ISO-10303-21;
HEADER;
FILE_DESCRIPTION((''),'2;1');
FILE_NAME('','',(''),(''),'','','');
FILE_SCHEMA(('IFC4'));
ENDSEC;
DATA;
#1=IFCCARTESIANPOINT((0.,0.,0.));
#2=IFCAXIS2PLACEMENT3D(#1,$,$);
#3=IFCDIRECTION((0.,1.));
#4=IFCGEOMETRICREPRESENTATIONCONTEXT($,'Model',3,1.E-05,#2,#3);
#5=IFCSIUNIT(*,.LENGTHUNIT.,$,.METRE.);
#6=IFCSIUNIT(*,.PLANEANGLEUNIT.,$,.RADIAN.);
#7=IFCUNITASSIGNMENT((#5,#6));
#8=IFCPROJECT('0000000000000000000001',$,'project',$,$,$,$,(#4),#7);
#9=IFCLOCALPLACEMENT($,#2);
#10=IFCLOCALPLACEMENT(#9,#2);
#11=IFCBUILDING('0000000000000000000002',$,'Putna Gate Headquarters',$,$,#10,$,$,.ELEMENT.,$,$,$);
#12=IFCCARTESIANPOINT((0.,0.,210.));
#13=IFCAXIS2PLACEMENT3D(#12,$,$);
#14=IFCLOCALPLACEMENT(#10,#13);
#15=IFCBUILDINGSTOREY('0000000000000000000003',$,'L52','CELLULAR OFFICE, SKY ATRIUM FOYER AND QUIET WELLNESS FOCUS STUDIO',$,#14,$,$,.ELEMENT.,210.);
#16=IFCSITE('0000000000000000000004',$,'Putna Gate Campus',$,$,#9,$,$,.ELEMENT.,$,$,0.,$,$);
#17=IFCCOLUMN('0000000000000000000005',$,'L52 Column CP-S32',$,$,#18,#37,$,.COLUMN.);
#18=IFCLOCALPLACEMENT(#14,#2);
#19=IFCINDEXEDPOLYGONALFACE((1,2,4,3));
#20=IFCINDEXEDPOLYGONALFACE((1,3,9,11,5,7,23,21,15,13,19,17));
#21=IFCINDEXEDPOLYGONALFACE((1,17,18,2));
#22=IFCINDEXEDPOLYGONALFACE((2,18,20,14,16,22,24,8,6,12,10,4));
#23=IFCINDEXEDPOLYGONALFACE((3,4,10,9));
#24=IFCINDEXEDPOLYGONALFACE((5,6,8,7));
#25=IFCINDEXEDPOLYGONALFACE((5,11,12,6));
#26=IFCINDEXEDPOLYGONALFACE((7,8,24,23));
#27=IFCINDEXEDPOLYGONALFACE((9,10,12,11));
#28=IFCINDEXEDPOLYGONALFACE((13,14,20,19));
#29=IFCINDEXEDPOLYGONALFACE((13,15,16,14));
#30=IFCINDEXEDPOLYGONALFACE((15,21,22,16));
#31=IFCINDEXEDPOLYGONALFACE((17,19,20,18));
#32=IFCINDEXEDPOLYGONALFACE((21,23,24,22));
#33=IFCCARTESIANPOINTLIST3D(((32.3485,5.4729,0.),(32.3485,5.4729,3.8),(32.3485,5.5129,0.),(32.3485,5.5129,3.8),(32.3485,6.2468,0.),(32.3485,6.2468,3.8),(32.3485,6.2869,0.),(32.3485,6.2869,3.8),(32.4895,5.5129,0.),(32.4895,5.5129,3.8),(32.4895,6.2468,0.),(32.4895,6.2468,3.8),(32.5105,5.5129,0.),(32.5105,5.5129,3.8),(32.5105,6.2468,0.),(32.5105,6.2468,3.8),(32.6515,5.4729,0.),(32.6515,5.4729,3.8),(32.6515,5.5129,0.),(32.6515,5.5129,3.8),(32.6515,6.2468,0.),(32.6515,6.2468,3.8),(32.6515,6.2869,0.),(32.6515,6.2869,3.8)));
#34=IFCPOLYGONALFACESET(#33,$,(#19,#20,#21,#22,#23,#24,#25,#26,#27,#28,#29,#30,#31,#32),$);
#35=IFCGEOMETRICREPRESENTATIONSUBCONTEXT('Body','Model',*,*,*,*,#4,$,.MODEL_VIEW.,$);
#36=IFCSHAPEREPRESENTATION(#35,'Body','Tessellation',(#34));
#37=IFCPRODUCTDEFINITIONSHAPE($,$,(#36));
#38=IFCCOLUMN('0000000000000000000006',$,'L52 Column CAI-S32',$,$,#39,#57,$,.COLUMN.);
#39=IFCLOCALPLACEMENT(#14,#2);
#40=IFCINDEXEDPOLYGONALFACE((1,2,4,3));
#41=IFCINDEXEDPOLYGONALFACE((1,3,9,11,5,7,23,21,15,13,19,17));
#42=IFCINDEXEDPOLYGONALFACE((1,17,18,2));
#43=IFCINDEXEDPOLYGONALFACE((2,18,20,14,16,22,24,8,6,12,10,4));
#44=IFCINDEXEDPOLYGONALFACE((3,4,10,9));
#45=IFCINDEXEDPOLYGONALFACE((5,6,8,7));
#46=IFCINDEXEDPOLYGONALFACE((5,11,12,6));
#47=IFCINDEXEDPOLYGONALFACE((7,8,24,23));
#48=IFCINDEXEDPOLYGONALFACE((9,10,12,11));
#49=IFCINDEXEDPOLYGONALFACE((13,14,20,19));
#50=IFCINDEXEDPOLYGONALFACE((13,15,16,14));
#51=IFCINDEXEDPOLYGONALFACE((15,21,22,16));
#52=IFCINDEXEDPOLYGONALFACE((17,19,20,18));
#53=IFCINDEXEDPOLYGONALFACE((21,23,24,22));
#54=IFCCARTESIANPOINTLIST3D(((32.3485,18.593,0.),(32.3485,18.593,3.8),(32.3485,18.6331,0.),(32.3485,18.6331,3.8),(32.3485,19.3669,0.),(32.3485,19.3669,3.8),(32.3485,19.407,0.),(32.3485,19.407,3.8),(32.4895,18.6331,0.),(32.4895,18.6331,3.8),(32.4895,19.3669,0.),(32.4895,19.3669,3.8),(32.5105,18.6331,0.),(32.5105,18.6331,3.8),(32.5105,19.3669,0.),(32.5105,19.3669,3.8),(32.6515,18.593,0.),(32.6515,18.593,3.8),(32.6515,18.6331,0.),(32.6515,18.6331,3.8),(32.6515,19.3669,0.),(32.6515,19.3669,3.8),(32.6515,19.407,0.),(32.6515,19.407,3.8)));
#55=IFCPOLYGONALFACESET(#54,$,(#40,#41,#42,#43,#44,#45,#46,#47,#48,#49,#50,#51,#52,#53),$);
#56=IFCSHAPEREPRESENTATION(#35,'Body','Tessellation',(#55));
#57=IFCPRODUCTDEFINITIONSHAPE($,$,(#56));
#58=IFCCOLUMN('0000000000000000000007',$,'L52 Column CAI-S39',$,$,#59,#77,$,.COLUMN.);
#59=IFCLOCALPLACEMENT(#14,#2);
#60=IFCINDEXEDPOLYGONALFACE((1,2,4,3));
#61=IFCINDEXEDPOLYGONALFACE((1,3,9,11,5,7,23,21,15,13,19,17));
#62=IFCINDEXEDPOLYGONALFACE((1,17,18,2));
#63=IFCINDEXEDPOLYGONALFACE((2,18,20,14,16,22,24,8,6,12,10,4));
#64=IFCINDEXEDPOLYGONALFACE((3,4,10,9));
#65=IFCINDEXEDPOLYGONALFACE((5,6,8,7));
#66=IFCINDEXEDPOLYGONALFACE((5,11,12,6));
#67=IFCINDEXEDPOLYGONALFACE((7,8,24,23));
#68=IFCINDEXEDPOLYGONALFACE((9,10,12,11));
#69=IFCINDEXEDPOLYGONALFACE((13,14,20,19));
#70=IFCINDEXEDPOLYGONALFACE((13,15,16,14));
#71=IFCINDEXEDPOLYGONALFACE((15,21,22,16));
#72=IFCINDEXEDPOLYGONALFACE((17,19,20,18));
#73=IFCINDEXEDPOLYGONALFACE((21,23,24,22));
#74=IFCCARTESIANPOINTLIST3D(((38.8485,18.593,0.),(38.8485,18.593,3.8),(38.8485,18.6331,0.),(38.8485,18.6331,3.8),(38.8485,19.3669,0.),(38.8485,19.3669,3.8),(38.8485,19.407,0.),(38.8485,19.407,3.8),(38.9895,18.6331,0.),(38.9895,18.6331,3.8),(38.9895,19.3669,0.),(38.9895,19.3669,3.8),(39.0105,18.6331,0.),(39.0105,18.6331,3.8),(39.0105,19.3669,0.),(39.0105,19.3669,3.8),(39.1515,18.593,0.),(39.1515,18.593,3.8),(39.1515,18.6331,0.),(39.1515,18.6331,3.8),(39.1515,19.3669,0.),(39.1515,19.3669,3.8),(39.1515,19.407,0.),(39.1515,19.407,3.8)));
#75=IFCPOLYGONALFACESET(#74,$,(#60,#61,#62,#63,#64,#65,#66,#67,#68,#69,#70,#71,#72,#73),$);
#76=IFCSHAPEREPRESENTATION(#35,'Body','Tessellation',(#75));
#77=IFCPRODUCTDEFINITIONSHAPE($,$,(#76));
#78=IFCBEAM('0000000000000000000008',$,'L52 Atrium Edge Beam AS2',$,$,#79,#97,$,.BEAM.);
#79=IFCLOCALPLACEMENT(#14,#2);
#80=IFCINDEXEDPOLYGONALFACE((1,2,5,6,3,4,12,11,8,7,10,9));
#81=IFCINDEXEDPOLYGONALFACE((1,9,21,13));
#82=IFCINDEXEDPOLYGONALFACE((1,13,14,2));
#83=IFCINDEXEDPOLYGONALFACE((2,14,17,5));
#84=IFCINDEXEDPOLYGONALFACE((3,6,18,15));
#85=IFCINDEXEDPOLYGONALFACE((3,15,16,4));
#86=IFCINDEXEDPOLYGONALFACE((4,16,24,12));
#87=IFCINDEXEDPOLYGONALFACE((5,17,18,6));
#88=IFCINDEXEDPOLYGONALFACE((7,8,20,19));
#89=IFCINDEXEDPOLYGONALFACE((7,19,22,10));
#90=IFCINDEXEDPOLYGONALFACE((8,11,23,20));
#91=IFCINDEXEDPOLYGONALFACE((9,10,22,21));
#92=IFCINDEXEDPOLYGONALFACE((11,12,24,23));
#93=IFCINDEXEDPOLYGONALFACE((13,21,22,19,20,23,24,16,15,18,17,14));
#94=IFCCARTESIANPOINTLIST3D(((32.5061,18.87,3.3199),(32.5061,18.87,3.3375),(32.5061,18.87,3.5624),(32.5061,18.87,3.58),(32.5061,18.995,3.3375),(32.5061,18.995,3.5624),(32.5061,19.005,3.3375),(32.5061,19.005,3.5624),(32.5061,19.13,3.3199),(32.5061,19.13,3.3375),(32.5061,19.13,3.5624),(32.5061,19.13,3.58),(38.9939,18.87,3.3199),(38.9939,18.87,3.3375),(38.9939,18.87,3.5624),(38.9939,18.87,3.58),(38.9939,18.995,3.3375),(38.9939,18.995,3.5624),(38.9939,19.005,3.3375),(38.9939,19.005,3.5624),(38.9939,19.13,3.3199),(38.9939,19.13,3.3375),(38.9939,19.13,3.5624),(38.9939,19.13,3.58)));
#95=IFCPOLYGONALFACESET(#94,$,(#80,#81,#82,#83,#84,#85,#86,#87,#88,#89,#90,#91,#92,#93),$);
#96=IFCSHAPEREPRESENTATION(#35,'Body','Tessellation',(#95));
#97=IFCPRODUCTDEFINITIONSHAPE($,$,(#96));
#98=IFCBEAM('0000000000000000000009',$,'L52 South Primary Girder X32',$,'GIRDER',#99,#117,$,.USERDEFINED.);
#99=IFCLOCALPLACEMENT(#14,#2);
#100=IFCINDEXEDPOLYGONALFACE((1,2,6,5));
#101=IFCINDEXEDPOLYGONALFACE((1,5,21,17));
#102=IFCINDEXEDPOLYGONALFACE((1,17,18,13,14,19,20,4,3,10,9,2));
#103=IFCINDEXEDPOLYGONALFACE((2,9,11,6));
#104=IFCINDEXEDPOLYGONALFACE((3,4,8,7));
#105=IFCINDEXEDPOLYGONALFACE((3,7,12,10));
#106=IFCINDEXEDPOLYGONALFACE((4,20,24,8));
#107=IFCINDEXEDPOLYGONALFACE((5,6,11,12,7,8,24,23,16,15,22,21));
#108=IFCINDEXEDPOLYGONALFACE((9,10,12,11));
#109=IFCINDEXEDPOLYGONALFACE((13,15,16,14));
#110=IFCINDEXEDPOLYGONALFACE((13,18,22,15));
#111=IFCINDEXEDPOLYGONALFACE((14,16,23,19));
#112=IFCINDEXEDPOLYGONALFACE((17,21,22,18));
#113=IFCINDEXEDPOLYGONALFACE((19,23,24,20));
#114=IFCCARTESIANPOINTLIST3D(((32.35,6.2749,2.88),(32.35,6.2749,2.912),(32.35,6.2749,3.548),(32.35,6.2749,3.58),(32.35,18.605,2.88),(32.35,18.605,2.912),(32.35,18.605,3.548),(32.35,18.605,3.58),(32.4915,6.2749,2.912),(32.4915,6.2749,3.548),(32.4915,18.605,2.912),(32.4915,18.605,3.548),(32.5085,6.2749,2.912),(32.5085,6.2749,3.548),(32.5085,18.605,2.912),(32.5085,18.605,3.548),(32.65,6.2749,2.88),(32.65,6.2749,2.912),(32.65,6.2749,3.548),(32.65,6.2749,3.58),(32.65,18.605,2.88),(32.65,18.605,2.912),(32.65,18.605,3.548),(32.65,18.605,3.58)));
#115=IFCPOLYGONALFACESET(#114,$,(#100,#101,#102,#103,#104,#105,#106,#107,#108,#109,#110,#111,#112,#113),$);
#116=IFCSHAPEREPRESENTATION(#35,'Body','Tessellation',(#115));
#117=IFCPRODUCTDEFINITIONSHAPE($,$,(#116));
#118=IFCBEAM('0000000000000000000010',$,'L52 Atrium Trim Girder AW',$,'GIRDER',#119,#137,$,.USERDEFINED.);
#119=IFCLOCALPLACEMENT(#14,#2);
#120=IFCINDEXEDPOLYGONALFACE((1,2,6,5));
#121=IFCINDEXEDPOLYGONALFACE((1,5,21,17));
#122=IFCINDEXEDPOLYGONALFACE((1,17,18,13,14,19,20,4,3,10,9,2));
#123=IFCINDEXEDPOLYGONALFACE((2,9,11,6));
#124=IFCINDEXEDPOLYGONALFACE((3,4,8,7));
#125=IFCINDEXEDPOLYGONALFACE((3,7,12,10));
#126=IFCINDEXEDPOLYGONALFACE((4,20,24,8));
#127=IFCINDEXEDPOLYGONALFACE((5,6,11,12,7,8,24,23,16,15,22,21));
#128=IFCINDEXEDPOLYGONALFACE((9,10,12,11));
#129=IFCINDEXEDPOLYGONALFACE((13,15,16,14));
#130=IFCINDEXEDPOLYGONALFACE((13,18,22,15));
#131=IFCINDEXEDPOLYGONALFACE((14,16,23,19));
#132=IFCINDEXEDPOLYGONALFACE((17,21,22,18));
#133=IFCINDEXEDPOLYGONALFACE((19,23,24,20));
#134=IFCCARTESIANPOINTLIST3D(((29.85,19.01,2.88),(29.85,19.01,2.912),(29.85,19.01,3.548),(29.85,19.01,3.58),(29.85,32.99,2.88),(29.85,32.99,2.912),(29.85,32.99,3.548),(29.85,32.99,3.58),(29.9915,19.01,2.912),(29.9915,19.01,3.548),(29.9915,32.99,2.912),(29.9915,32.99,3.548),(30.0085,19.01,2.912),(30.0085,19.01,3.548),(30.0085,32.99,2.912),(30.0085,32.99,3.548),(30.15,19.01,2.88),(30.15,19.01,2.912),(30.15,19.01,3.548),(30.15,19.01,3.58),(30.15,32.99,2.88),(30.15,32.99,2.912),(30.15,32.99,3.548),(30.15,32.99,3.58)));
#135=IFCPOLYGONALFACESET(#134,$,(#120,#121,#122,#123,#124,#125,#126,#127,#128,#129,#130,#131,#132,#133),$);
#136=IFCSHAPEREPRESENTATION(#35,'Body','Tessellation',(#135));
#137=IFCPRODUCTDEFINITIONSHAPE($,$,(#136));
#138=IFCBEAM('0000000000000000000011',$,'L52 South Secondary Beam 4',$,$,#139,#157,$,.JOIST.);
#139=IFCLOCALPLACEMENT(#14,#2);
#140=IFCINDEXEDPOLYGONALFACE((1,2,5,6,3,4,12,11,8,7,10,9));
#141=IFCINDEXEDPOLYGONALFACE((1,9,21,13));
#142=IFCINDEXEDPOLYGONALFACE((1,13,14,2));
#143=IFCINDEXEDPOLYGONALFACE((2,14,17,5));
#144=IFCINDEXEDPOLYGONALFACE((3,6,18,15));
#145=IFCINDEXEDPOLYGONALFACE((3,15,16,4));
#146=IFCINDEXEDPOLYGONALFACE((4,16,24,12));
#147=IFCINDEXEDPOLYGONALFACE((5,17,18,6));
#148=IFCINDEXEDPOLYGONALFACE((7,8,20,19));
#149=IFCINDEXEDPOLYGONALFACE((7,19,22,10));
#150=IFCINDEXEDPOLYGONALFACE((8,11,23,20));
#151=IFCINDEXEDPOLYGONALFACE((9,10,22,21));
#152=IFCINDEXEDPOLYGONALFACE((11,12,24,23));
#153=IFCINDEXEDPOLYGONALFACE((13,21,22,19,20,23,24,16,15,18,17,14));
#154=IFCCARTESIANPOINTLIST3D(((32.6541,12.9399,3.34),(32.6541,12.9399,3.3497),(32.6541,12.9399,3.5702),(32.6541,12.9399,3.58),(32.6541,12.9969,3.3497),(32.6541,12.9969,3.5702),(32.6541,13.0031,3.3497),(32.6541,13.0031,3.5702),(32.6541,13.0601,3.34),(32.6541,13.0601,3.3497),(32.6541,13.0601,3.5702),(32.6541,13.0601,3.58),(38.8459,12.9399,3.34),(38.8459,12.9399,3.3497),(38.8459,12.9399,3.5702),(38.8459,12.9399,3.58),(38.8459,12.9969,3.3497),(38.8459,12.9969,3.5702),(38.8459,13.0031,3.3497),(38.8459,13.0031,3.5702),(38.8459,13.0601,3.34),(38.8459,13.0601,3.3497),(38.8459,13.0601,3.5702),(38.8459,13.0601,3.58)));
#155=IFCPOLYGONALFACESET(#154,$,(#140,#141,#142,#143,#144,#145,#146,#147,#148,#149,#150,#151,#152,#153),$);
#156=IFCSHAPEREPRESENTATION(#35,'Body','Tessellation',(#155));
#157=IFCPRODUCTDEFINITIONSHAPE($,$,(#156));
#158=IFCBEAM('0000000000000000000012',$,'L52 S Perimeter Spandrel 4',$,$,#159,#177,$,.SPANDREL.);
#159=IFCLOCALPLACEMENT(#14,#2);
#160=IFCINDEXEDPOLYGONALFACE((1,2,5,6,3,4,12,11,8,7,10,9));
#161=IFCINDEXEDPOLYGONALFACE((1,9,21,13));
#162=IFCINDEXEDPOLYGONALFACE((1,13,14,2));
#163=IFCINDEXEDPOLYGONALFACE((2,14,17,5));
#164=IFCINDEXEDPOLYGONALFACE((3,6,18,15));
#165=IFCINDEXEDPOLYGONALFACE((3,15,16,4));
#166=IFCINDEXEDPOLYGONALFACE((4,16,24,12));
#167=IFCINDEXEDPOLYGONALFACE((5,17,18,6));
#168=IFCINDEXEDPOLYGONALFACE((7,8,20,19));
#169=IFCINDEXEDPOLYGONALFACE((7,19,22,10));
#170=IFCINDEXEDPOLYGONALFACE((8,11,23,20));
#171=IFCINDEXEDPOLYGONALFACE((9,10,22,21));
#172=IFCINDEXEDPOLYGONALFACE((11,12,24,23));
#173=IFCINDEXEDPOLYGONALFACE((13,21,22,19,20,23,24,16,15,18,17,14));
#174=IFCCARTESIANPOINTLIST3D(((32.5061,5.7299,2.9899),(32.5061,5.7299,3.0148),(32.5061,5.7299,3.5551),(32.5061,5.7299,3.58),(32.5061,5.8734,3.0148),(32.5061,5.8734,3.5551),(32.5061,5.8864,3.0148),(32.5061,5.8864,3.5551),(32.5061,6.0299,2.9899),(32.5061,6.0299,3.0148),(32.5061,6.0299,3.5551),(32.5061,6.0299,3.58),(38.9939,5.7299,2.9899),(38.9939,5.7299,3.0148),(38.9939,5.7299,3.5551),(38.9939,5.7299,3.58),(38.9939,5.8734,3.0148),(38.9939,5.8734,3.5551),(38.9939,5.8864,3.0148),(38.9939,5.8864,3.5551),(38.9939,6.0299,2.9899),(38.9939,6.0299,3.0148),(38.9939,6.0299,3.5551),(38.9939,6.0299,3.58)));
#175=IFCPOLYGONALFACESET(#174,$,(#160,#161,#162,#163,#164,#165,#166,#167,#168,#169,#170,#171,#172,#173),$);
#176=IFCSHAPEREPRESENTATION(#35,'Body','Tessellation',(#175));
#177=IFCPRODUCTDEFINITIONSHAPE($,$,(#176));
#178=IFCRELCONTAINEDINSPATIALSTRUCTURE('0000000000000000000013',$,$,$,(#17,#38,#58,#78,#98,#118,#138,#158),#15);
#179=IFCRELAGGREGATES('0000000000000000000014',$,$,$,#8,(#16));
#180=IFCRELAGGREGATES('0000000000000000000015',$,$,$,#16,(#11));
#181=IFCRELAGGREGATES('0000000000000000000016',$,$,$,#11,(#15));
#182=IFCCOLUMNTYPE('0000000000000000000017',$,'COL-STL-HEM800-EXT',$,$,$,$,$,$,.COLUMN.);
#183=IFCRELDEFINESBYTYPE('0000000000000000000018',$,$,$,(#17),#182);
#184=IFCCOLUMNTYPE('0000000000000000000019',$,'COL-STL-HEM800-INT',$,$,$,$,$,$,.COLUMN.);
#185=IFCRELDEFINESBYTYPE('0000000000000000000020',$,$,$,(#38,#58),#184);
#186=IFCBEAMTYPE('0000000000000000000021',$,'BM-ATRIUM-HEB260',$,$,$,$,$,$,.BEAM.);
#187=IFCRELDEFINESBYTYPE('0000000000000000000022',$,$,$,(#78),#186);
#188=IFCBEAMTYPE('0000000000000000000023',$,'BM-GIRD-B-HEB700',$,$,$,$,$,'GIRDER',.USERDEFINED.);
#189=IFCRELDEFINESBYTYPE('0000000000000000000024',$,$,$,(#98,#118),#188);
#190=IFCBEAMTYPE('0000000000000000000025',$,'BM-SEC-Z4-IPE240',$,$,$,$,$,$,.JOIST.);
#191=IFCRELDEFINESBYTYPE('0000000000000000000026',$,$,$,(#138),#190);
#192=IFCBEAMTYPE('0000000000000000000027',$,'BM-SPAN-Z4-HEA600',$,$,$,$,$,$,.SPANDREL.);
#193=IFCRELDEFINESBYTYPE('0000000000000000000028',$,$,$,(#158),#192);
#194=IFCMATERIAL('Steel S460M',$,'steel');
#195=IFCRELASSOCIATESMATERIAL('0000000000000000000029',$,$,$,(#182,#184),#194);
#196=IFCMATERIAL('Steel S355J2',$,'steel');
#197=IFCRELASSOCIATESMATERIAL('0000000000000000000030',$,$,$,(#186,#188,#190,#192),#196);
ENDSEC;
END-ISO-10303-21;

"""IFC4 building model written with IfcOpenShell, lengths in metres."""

from ifc_helpers import new_model, si_unit, direction, frame, origin, origin_2d, place, context, subcontext, project, spatial, i_section, extrude, material, material_profile, profile_set, type_object, element, save


model = new_model("IFC4")

# Units and contexts
model_context = context("Model", 3, precision=1e-05, world=origin(), true_north=direction((0.0, 1.0)))
body_context = subcontext(model_context, "Body", "Model", "MODEL_VIEW")
ifc_project = project(units=[si_unit("LENGTHUNIT", "METRE"), si_unit("PLANEANGLEUNIT", "RADIAN")], contexts=[model_context])

# Site, building, storey
site_placement = place(None, origin())
site = spatial("IfcSite", under=ifc_project, at=site_placement, Name="Putna Gate Campus", CompositionType="ELEMENT", RefElevation=0.0)
building_placement = place(site_placement, origin())
building = spatial("IfcBuilding", under=site, at=building_placement, Name="Putna Gate Headquarters", CompositionType="ELEMENT")
storey_placement = place(building_placement, frame((0.0, 0.0, 210.0)))
storey = spatial("IfcBuildingStorey", under=building, at=storey_placement, Name="L52", Description="CELLULAR OFFICE, SKY ATRIUM FOYER AND QUIET WELLNESS FOCUS STUDIO", CompositionType="ELEMENT", Elevation=210.0)

# Columns
ifc_material_1 = material(Name="Steel S460M", Category="steel")
ifc_material_profile_1 = material_profile(ifc_material_1, i_section(OverallWidth=0.303, OverallDepth=0.814, WebThickness=0.021, FlangeThickness=0.04, at=origin_2d()), Name="Steel S460M")
ifc_profile_set_1 = profile_set([ifc_material_profile_1], Name="Steel S460M")
column_type_1 = type_object("IfcColumnType", Name="COL-STL-HEM800-EXT", PredefinedType="COLUMN", material=ifc_profile_set_1)
column_placement = place(storey_placement, frame((32.5, 5.8799, 0.0), z_axis=(0.0, 0.0, 1.0), x_axis=(1.0, 0.0, 0.0)))
element("IfcColumn", 1, at=column_placement, inside=storey, type_object=column_type_1, Name="L52 Column CP-S32", PredefinedType="COLUMN", context=body_context, shape_type="SweptSolid", body=[
    extrude(i_section(OverallWidth=0.303, OverallDepth=0.814, WebThickness=0.021, FlangeThickness=0.04, at=origin_2d()), origin(), (0.0, 0.0, 1.0), 3.8),
])
ifc_material_profile_2 = material_profile(ifc_material_1, i_section(OverallWidth=0.303, OverallDepth=0.814, WebThickness=0.021, FlangeThickness=0.04, at=origin_2d()), Name="Steel S460M")
ifc_profile_set_2 = profile_set([ifc_material_profile_2], Name="Steel S460M")
column_type_2 = type_object("IfcColumnType", Name="COL-STL-HEM800-INT", PredefinedType="COLUMN", material=ifc_profile_set_2)
for number, where, z_axis, x_axis, name in (
    (2, (32.5, 19.0, 0.0), (0.0, 0.0, 1.0), (1.0, 0.0, 0.0), "L52 Column CAI-S32"),
    (3, (39.0, 19.0, 0.0), (0.0, 0.0, 1.0), (1.0, 0.0, 0.0), "L52 Column CAI-S39"),
):
    element("IfcColumn", number, at=place(storey_placement, frame(where, z_axis=z_axis, x_axis=x_axis)), inside=storey, type_object=column_type_2, Name=name, PredefinedType="COLUMN", context=body_context, shape_type="SweptSolid", body=[
        extrude(i_section(OverallWidth=0.303, OverallDepth=0.814, WebThickness=0.021, FlangeThickness=0.04, at=origin_2d()), origin(), (0.0, 0.0, 1.0), 3.8),
    ])

# Beams
ifc_material_2 = material(Name="Steel S355J2", Category="steel")
ifc_material_profile_3 = material_profile(ifc_material_2, i_section(OverallWidth=0.26, OverallDepth=0.26, WebThickness=0.01, FlangeThickness=0.0176, at=origin_2d()), Name="Steel S355J2")
ifc_profile_set_3 = profile_set([ifc_material_profile_3], Name="Steel S355J2")
beam_type_1 = type_object("IfcBeamType", Name="BM-ATRIUM-HEB260", PredefinedType="BEAM", material=ifc_profile_set_3)
beam_1_placement = place(storey_placement, frame((32.5061, 19.0, 3.45), z_axis=(1.0, 0.0, 0.0), x_axis=(0.0, 1.0, 0.0)))
element("IfcBeam", 4, at=beam_1_placement, inside=storey, type_object=beam_type_1, Name="L52 Atrium Edge Beam AS2", PredefinedType="BEAM", context=body_context, shape_type="SweptSolid", body=[
    extrude(i_section(OverallWidth=0.26, OverallDepth=0.26, WebThickness=0.01, FlangeThickness=0.0176, at=origin_2d()), origin(), (0.0, 0.0, 1.0), 6.4878),
])
ifc_material_profile_4 = material_profile(ifc_material_2, i_section(OverallWidth=0.3, OverallDepth=0.7, WebThickness=0.0171, FlangeThickness=0.032, at=origin_2d()), Name="Steel S355J2")
ifc_profile_set_4 = profile_set([ifc_material_profile_4], Name="Steel S355J2")
beam_type_2 = type_object("IfcBeamType", Name="BM-GIRD-B-HEB700", ElementType="GIRDER", PredefinedType="USERDEFINED", material=ifc_profile_set_4)
beam_2_placement = place(storey_placement, frame((32.5, 6.2749, 3.23), z_axis=(0.0, 1.0, 0.0), x_axis=(-1.0, 0.0, 0.0)))
element("IfcBeam", 5, at=beam_2_placement, inside=storey, type_object=beam_type_2, Name="L52 South Primary Girder X32", ObjectType="GIRDER", PredefinedType="USERDEFINED", context=body_context, shape_type="SweptSolid", body=[
    extrude(i_section(OverallWidth=0.3, OverallDepth=0.7, WebThickness=0.0171, FlangeThickness=0.032, at=origin_2d()), origin(), (0.0, 0.0, 1.0), 12.3301),
])
beam_3_placement = place(storey_placement, frame((30.0, 19.01, 3.23), z_axis=(0.0, 1.0, 0.0), x_axis=(-1.0, 0.0, 0.0)))
element("IfcBeam", 6, at=beam_3_placement, inside=storey, type_object=beam_type_2, Name="L52 Atrium Trim Girder AW", ObjectType="GIRDER", PredefinedType="USERDEFINED", context=body_context, shape_type="SweptSolid", body=[
    extrude(i_section(OverallWidth=0.3, OverallDepth=0.7, WebThickness=0.0171, FlangeThickness=0.032, at=origin_2d()), origin(), (0.0, 0.0, 1.0), 13.98),
])
ifc_material_profile_5 = material_profile(ifc_material_2, i_section(OverallWidth=0.1201, OverallDepth=0.24, WebThickness=0.0061, FlangeThickness=0.0098, at=origin_2d()), Name="Steel S355J2")
ifc_profile_set_5 = profile_set([ifc_material_profile_5], Name="Steel S355J2")
beam_type_3 = type_object("IfcBeamType", Name="BM-SEC-Z4-IPE240", PredefinedType="JOIST", material=ifc_profile_set_5)
beam_4_placement = place(storey_placement, frame((32.6541, 13.0, 3.46), z_axis=(1.0, 0.0, 0.0), x_axis=(0.0, 1.0, 0.0)))
element("IfcBeam", 7, at=beam_4_placement, inside=storey, type_object=beam_type_3, Name="L52 South Secondary Beam 4", PredefinedType="JOIST", context=body_context, shape_type="SweptSolid", body=[
    extrude(i_section(OverallWidth=0.1201, OverallDepth=0.24, WebThickness=0.0061, FlangeThickness=0.0098, at=origin_2d()), origin(), (0.0, 0.0, 1.0), 6.1919),
])
ifc_material_profile_6 = material_profile(ifc_material_2, i_section(OverallWidth=0.3, OverallDepth=0.5901, WebThickness=0.0129, FlangeThickness=0.0249, at=origin_2d()), Name="Steel S355J2")
ifc_profile_set_6 = profile_set([ifc_material_profile_6], Name="Steel S355J2")
beam_type_4 = type_object("IfcBeamType", Name="BM-SPAN-Z4-HEA600", PredefinedType="SPANDREL", material=ifc_profile_set_6)
beam_5_placement = place(storey_placement, frame((32.5061, 5.8799, 3.2849), z_axis=(1.0, 0.0, 0.0), x_axis=(0.0, 1.0, 0.0)))
element("IfcBeam", 8, at=beam_5_placement, inside=storey, type_object=beam_type_4, Name="L52 S Perimeter Spandrel 4", PredefinedType="SPANDREL", context=body_context, shape_type="SweptSolid", body=[
    extrude(i_section(OverallWidth=0.3, OverallDepth=0.5901, WebThickness=0.0129, FlangeThickness=0.0249, at=origin_2d()), origin(), (0.0, 0.0, 1.0), 6.4878),
])

save(model, "model.ifc")
